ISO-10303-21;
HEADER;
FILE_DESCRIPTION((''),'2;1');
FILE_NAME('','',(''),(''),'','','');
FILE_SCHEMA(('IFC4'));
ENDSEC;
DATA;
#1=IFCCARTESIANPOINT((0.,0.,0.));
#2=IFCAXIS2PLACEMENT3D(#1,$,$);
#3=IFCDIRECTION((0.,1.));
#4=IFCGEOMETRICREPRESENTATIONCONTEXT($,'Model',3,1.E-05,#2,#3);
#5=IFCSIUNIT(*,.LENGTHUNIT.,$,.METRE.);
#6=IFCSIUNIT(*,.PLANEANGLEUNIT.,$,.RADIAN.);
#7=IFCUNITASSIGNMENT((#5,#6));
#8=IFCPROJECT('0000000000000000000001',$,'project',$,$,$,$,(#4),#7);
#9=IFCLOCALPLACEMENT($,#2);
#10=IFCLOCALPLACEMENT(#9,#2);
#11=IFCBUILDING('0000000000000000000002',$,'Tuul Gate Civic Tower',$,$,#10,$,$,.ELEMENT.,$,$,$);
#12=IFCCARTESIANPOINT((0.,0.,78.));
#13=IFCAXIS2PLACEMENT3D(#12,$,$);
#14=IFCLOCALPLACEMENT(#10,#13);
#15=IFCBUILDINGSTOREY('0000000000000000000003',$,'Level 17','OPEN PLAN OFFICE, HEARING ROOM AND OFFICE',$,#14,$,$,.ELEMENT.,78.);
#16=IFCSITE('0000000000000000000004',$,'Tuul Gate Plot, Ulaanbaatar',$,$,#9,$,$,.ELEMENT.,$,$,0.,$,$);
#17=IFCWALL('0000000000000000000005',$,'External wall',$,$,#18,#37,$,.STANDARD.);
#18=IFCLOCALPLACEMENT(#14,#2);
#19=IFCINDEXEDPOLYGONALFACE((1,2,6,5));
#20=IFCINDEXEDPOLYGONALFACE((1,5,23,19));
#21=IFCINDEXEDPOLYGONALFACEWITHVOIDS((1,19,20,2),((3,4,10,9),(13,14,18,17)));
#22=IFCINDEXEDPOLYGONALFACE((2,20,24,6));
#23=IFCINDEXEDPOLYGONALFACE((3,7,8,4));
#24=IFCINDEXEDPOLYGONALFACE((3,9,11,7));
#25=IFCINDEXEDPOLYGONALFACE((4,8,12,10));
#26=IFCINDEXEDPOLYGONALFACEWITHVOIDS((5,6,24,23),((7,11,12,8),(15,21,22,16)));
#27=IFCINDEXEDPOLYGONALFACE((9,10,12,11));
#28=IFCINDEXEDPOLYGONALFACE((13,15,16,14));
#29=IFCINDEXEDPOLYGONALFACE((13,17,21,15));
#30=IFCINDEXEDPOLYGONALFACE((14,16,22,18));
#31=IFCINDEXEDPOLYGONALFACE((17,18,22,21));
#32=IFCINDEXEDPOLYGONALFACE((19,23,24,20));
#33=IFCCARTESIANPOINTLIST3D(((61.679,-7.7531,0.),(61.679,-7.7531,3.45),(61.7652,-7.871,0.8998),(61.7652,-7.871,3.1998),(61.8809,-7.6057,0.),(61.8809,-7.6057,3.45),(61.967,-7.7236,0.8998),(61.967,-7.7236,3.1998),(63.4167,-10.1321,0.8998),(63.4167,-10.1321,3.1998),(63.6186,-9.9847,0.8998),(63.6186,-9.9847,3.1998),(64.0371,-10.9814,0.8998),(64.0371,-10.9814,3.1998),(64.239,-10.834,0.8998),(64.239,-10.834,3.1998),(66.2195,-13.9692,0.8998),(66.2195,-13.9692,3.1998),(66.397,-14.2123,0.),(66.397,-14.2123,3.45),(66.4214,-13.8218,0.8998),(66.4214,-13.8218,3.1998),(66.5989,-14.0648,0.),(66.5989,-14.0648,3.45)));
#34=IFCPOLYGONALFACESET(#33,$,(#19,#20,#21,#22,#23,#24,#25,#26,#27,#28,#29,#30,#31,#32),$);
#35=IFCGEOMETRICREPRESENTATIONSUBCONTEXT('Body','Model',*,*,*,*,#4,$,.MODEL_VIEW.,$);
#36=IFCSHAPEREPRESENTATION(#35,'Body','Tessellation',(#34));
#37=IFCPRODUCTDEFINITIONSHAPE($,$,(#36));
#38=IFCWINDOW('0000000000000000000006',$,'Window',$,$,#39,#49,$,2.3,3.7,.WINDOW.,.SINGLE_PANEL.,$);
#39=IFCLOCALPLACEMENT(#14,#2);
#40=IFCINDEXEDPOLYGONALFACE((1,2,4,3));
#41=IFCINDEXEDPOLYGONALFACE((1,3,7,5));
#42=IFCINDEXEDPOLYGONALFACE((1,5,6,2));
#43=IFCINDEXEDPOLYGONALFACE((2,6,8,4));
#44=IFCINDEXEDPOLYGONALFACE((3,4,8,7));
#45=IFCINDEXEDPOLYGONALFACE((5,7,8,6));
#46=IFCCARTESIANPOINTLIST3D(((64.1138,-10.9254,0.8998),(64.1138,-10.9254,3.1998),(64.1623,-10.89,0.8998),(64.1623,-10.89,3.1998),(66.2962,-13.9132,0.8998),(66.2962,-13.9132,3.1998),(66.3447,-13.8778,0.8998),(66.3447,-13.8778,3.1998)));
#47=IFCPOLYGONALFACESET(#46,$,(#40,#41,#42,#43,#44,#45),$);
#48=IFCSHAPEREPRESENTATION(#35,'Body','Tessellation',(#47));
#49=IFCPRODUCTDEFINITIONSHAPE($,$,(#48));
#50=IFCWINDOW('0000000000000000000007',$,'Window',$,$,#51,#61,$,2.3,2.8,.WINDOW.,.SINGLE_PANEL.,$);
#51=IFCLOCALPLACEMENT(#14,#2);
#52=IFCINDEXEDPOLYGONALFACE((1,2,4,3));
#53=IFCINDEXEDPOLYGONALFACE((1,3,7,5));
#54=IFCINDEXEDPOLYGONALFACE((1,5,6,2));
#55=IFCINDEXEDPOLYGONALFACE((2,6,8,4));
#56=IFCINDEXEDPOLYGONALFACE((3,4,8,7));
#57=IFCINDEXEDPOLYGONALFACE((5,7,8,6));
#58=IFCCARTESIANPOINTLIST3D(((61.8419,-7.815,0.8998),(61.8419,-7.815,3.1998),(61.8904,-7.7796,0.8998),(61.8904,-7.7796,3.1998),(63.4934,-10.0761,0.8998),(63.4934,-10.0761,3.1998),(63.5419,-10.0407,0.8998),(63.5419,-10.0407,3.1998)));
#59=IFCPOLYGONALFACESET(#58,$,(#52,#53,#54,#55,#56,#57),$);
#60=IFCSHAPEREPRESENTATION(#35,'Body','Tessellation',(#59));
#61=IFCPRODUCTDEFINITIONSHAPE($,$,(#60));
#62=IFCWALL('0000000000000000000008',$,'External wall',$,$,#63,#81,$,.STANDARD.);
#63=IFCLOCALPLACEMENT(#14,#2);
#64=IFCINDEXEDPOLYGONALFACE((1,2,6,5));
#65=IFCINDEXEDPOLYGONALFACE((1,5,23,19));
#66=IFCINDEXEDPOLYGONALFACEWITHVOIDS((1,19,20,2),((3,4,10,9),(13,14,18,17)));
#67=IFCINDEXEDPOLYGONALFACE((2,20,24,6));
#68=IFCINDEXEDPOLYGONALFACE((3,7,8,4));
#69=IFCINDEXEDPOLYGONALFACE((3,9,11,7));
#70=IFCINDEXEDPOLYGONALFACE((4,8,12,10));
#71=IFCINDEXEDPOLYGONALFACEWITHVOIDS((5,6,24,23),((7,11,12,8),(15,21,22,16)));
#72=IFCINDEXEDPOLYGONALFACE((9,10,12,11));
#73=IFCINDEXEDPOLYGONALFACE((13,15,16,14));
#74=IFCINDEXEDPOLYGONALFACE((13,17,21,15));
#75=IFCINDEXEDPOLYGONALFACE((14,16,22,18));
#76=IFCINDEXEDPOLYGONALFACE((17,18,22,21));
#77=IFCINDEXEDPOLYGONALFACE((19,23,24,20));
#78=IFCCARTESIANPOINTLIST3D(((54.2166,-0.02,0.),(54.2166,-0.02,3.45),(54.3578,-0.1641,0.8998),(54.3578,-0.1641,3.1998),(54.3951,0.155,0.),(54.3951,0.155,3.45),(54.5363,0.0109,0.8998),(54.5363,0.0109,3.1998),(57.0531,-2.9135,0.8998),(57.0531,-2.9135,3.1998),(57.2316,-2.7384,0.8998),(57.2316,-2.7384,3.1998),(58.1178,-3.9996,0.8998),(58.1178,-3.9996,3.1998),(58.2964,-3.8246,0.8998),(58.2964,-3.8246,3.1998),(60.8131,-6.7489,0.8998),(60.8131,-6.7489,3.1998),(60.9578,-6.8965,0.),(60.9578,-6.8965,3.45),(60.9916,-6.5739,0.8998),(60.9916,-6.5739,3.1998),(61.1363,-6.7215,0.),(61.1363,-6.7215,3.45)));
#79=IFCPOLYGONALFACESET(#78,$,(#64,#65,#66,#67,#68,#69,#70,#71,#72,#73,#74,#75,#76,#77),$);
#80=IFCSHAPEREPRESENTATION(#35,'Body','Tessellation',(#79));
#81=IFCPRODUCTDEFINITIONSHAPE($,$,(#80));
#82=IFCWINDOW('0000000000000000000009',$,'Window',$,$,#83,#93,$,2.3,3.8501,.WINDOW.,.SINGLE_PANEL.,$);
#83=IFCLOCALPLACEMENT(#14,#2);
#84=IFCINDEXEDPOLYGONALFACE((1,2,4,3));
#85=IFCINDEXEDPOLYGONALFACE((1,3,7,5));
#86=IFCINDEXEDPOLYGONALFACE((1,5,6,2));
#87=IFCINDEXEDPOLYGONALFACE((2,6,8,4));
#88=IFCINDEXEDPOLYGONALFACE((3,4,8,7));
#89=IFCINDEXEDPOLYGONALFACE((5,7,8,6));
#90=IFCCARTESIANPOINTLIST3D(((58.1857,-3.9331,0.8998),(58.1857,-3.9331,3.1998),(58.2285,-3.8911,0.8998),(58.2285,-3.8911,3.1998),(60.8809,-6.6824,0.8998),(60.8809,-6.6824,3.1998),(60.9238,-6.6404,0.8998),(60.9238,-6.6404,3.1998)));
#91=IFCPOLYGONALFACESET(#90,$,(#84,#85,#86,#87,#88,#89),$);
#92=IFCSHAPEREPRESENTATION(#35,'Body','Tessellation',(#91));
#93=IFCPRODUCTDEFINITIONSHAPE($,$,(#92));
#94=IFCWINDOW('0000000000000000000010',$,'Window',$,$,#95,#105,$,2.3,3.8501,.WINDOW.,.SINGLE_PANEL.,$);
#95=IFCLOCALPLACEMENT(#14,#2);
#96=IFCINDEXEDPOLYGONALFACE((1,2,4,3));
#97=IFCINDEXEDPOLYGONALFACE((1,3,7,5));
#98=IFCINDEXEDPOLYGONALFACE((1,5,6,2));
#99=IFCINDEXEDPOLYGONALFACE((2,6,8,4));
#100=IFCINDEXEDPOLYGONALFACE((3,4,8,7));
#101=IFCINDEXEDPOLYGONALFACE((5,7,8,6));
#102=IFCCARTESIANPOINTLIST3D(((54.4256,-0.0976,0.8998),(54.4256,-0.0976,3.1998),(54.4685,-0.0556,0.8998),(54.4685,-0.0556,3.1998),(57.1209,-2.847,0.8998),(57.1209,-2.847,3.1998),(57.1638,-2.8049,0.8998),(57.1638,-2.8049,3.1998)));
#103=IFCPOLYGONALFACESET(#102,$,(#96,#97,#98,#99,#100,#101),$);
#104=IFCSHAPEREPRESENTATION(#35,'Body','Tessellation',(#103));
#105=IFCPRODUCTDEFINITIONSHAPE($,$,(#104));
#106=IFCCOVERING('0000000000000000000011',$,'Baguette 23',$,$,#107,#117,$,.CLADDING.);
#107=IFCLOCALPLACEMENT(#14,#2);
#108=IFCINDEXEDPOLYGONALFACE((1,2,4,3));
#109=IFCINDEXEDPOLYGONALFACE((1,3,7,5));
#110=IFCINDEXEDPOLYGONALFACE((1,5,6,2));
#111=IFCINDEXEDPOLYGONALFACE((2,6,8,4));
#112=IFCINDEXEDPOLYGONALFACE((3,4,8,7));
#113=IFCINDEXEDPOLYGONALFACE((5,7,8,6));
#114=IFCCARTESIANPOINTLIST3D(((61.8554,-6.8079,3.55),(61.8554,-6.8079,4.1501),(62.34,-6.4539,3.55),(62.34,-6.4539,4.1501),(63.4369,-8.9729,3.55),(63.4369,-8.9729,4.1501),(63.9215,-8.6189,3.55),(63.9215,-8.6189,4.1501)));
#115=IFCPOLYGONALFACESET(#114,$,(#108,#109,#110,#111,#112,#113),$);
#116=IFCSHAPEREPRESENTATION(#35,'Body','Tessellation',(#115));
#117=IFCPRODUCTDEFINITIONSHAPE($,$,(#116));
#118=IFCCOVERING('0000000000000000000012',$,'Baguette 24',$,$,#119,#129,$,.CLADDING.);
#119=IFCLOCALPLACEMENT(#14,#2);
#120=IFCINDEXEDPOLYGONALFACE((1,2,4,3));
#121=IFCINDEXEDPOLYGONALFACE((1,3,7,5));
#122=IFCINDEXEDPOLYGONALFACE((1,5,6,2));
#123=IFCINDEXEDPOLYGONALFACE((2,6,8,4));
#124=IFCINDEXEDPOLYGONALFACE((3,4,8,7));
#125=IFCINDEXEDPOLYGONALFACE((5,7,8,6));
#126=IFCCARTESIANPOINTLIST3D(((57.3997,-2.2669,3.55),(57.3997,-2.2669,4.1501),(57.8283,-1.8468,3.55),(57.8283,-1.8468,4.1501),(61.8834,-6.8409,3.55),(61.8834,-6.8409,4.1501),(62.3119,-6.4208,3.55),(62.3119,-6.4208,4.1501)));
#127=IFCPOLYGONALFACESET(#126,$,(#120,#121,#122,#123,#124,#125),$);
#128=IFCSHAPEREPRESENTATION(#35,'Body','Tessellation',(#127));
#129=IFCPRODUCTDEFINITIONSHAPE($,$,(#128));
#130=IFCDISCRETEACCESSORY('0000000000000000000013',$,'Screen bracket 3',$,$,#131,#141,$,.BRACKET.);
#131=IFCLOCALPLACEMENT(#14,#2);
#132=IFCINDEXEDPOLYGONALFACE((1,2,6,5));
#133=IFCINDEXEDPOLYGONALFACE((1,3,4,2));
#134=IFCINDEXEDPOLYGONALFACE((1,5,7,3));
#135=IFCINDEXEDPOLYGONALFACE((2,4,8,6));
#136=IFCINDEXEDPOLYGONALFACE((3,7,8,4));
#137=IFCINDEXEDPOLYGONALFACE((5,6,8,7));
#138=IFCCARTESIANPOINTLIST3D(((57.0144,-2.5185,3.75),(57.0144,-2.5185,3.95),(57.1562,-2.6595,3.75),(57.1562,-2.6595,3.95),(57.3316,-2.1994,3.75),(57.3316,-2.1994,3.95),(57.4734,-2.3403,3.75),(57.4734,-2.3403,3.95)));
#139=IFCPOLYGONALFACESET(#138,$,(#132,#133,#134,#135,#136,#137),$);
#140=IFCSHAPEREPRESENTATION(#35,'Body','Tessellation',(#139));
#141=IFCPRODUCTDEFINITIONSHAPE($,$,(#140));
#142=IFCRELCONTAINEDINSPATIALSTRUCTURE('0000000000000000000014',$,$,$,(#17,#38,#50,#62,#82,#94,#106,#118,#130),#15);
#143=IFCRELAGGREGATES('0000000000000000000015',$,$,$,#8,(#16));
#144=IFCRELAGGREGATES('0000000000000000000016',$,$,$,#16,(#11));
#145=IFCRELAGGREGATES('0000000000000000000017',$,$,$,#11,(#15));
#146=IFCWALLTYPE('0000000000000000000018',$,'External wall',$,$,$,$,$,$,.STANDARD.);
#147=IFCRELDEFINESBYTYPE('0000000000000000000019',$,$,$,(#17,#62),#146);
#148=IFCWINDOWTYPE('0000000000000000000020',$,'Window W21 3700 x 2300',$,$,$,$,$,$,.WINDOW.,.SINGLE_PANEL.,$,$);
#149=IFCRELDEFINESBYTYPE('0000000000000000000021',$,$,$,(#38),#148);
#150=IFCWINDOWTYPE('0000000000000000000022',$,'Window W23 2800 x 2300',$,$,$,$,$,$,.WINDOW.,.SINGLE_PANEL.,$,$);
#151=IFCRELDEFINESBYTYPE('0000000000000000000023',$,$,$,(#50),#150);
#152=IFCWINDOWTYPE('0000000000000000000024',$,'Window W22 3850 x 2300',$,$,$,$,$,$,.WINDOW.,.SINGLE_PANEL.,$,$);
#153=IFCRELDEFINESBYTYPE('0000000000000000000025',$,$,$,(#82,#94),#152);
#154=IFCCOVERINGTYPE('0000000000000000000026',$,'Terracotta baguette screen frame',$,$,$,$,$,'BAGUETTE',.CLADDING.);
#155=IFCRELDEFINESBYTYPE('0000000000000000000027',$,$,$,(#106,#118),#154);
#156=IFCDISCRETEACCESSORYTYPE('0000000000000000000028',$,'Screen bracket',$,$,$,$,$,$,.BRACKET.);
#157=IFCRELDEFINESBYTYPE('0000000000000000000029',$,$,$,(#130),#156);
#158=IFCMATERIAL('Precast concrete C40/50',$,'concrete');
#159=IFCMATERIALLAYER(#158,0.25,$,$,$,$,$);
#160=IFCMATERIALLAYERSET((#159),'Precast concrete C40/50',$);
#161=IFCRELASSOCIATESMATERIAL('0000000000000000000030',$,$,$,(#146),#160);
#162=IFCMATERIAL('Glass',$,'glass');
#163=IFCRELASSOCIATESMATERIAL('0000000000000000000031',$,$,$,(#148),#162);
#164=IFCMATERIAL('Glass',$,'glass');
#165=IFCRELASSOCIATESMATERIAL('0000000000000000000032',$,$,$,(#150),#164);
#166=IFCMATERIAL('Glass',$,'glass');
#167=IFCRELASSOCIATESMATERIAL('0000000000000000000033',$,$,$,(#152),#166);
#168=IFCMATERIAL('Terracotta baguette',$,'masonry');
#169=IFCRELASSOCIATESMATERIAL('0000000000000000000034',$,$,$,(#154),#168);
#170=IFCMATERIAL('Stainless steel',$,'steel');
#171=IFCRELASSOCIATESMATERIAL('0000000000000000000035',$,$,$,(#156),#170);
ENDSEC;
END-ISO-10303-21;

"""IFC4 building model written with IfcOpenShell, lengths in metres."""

from ifc_helpers import new_model, si_unit, direction, frame, frame_2d, origin, origin_2d, place, context, subcontext, project, spatial, rectangle, extrude, material, layer, layer_set, material_profile, profile_set, type_object, element, fill, save


model = new_model("IFC4")

# Units and contexts
model_context = context("Model", 3, precision=1e-05, world=origin(), true_north=direction((0.0, 1.0)))
body_context = subcontext(model_context, "Body", "Model", "MODEL_VIEW")
ifc_project = project(units=[si_unit("LENGTHUNIT", "METRE"), si_unit("PLANEANGLEUNIT", "RADIAN")], contexts=[model_context])

# Site, building, storey
site_placement = place(None, origin())
site = spatial("IfcSite", under=ifc_project, at=site_placement, Name="Tuul Gate Plot, Ulaanbaatar", CompositionType="ELEMENT", RefElevation=0.0)
building_placement = place(site_placement, origin())
building = spatial("IfcBuilding", under=site, at=building_placement, Name="Tuul Gate Civic Tower", CompositionType="ELEMENT")
storey_placement = place(building_placement, frame((0.0, 0.0, 78.0)))
storey = spatial("IfcBuildingStorey", under=building, at=storey_placement, Name="Level 17", Description="OPEN PLAN OFFICE, HEARING ROOM AND OFFICE", CompositionType="ELEMENT", Elevation=78.0)

# Shared definitions
ifc_material_1 = material(Name="Precast concrete C40/50", Category="concrete")
ifc_layer_1 = layer(ifc_material_1, 0.25)
ifc_layer_set_1 = layer_set([ifc_layer_1], Name="Precast concrete C40/50")
wall_type_1 = type_object("IfcWallType", Name="External wall", PredefinedType="STANDARD", material=ifc_layer_set_1)

# Walls, openings, windows
wall_1_placement = place(storey_placement, frame((66.498, -14.1387, 0.0), z_axis=(0.0, 0.0, 1.0), x_axis=(-0.589838, 0.807521, 0.0)))
wall_1 = element("IfcWall", 1, at=wall_1_placement, inside=storey, type_object=wall_type_1, Name="External wall", PredefinedType="STANDARD", context=body_context, shape_type="SweptSolid", body=[
    extrude(rectangle(XDim=7.9988, YDim=0.25, at=frame_2d((3.9995, 0.0))), origin(), (0.0, 0.0, 1.0), 3.45),
])
opening_1_placement = place(wall_1_placement, frame((0.301, 0.0, 0.8999)))
opening_1 = element("IfcOpeningElement", 2, at=opening_1_placement, cuts=wall_1, PredefinedType="OPENING", context=body_context, shape_type="SweptSolid", body=[
    extrude(rectangle(XDim=3.7, YDim=2.3, at=frame_2d((1.8501, 1.1499))), frame((0.0, 0.135, 0.0), z_axis=(0.0, -1.0, 0.0), x_axis=(1.0, 0.0, 0.0)), (0.0, 0.0, 1.0), 0.27),
])
opening_2_placement = place(wall_1_placement, frame((5.053, 0.0, 0.8999)))
opening_2 = element("IfcOpeningElement", 3, at=opening_2_placement, cuts=wall_1, PredefinedType="OPENING", context=body_context, shape_type="SweptSolid", body=[
    extrude(rectangle(XDim=2.8, YDim=2.3, at=frame_2d((1.3999, 1.1499))), frame((0.0, 0.135, 0.0), z_axis=(0.0, -1.0, 0.0), x_axis=(1.0, 0.0, 0.0)), (0.0, 0.0, 1.0), 0.27),
])
ifc_material_2 = material(Name="Glass", Category="glass")
window_type_1 = type_object("IfcWindowType", Name="Window W21 3700 x 2300", PartitioningType="SINGLE_PANEL", PredefinedType="WINDOW", material=ifc_material_2)
window_1_placement = place(opening_1_placement, origin())
window_1 = element("IfcWindow", 4, at=window_1_placement, inside=storey, type_object=window_type_1, Name="Window", OverallHeight=2.3, OverallWidth=3.7, PartitioningType="SINGLE_PANEL", PredefinedType="WINDOW", context=body_context, shape_type="SweptSolid", body=[
    extrude(rectangle(XDim=3.7, YDim=2.3, at=frame_2d((1.8501, 1.1499))), frame((0.0, 0.03, 0.0), z_axis=(0.0, -1.0, 0.0), x_axis=(1.0, 0.0, 0.0)), (0.0, 0.0, 1.0), 0.0601),
])
fill(opening_1, window_1)
ifc_material_3 = material(Name="Glass", Category="glass")
window_type_2 = type_object("IfcWindowType", Name="Window W23 2800 x 2300", PartitioningType="SINGLE_PANEL", PredefinedType="WINDOW", material=ifc_material_3)
window_2_placement = place(opening_2_placement, origin())
window_2 = element("IfcWindow", 5, at=window_2_placement, inside=storey, type_object=window_type_2, Name="Window", OverallHeight=2.3, OverallWidth=2.8, PartitioningType="SINGLE_PANEL", PredefinedType="WINDOW", context=body_context, shape_type="SweptSolid", body=[
    extrude(rectangle(XDim=2.8, YDim=2.3, at=frame_2d((1.3999, 1.1499))), frame((0.0, 0.03, 0.0), z_axis=(0.0, -1.0, 0.0), x_axis=(1.0, 0.0, 0.0)), (0.0, 0.0, 1.0), 0.0601),
])
fill(opening_2, window_2)
wall_2_placement = place(storey_placement, frame((61.0471, -6.8091, 0.0), z_axis=(0.0, 0.0, 1.0), x_axis=(-0.700049, 0.714095, 0.0)))
wall_2 = element("IfcWall", 6, at=wall_2_placement, inside=storey, type_object=wall_type_1, Name="External wall", PredefinedType="STANDARD", context=body_context, shape_type="SweptSolid", body=[
    extrude(rectangle(XDim=9.6296, YDim=0.25, at=frame_2d((4.8149, 0.0))), origin(), (0.0, 0.0, 1.0), 3.45),
])
opening_3_placement = place(wall_2_placement, frame((0.2068, 0.0, 0.8999)))
opening_3 = element("IfcOpeningElement", 7, at=opening_3_placement, cuts=wall_2, PredefinedType="OPENING", context=body_context, shape_type="SweptSolid", body=[
    extrude(rectangle(XDim=3.8501, YDim=2.3, at=frame_2d((1.925, 1.1499))), frame((0.0, 0.135, 0.0), z_axis=(0.0, -1.0, 0.0), x_axis=(1.0, 0.0, 0.0)), (0.0, 0.0, 1.0), 0.27),
])
opening_4_placement = place(wall_2_placement, frame((5.5779, 0.0, 0.8999)))
opening_4 = element("IfcOpeningElement", 8, at=opening_4_placement, cuts=wall_2, PredefinedType="OPENING", context=body_context, shape_type="SweptSolid", body=[
    extrude(rectangle(XDim=3.8501, YDim=2.3, at=frame_2d((1.925, 1.1499))), frame((0.0, 0.135, 0.0), z_axis=(0.0, -1.0, 0.0), x_axis=(1.0, 0.0, 0.0)), (0.0, 0.0, 1.0), 0.27),
])
ifc_material_4 = material(Name="Glass", Category="glass")
window_type_3 = type_object("IfcWindowType", Name="Window W22 3850 x 2300", PartitioningType="SINGLE_PANEL", PredefinedType="WINDOW", material=ifc_material_4)
window_3_placement = place(opening_3_placement, origin())
window_3 = element("IfcWindow", 9, at=window_3_placement, inside=storey, type_object=window_type_3, Name="Window", OverallHeight=2.3, OverallWidth=3.8501, PartitioningType="SINGLE_PANEL", PredefinedType="WINDOW", context=body_context, shape_type="SweptSolid", body=[
    extrude(rectangle(XDim=3.8501, YDim=2.3, at=frame_2d((1.925, 1.1499))), frame((0.0, 0.03, 0.0), z_axis=(0.0, -1.0, 0.0), x_axis=(1.0, 0.0, 0.0)), (0.0, 0.0, 1.0), 0.0601),
])
fill(opening_3, window_3)
window_4_placement = place(opening_4_placement, origin())
window_4 = element("IfcWindow", 10, at=window_4_placement, inside=storey, type_object=window_type_3, Name="Window", OverallHeight=2.3, OverallWidth=3.8501, PartitioningType="SINGLE_PANEL", PredefinedType="WINDOW", context=body_context, shape_type="SweptSolid", body=[
    extrude(rectangle(XDim=3.8501, YDim=2.3, at=frame_2d((1.925, 1.1499))), frame((0.0, 0.03, 0.0), z_axis=(0.0, -1.0, 0.0), x_axis=(1.0, 0.0, 0.0)), (0.0, 0.0, 1.0), 0.0601),
])
fill(opening_4, window_4)

# Coverings
ifc_material_5 = material(Name="Terracotta baguette", Category="masonry")
ifc_material_profile_1 = material_profile(ifc_material_5, rectangle(XDim=0.6001, YDim=0.6001, at=origin_2d()), Name="Terracotta baguette screen frame")
ifc_profile_set_1 = profile_set([ifc_material_profile_1], Name="Terracotta baguette")
covering_type = type_object("IfcCoveringType", Name="Terracotta baguette screen frame", ElementType="BAGUETTE", PredefinedType="CLADDING", material=ifc_profile_set_1)
covering_1_placement = place(storey_placement, frame((63.6792, -8.7959, 3.8501), z_axis=(-0.58987, 0.807498, 0.0), x_axis=(-0.807498, -0.58987, 0.0)))
element("IfcCovering", 11, at=covering_1_placement, inside=storey, type_object=covering_type, Name="Baguette 23", PredefinedType="CLADDING", context=body_context, shape_type="SweptSolid", body=[
    extrude(rectangle(XDim=0.6001, YDim=0.6001, at=origin_2d()), origin(), (0.0, 0.0, 1.0), 2.6812),
])
covering_2_placement = place(storey_placement, frame((62.0977, -6.6309, 3.8501), z_axis=(-0.70002, 0.714123, 0.0), x_axis=(-0.714123, -0.70002, 0.0)))
element("IfcCovering", 12, at=covering_2_placement, inside=storey, type_object=covering_type, Name="Baguette 24", PredefinedType="CLADDING", context=body_context, shape_type="SweptSolid", body=[
    extrude(rectangle(XDim=0.6001, YDim=0.6001, at=origin_2d()), origin(), (0.0, 0.0, 1.0), 6.405),
])

# Discrete accessory
ifc_material_6 = material(Name="Stainless steel", Category="steel")
discrete_accessory_type = type_object("IfcDiscreteAccessoryType", Name="Screen bracket", PredefinedType="BRACKET", material=ifc_material_6)
discrete_accessory_placement = place(storey_placement, frame((57.2439, -2.4294, 3.75), z_axis=(0.0, 0.0, 1.0), x_axis=(0.704895, 0.709311, 0.0)))
element("IfcDiscreteAccessory", 13, at=discrete_accessory_placement, inside=storey, type_object=discrete_accessory_type, Name="Screen bracket 3", PredefinedType="BRACKET", context=body_context, shape_type="SweptSolid", body=[
    extrude(rectangle(XDim=0.45, YDim=0.2, at=origin_2d()), origin(), (0.0, 0.0, 1.0), 0.2),
])

save(model, "model.ifc")
